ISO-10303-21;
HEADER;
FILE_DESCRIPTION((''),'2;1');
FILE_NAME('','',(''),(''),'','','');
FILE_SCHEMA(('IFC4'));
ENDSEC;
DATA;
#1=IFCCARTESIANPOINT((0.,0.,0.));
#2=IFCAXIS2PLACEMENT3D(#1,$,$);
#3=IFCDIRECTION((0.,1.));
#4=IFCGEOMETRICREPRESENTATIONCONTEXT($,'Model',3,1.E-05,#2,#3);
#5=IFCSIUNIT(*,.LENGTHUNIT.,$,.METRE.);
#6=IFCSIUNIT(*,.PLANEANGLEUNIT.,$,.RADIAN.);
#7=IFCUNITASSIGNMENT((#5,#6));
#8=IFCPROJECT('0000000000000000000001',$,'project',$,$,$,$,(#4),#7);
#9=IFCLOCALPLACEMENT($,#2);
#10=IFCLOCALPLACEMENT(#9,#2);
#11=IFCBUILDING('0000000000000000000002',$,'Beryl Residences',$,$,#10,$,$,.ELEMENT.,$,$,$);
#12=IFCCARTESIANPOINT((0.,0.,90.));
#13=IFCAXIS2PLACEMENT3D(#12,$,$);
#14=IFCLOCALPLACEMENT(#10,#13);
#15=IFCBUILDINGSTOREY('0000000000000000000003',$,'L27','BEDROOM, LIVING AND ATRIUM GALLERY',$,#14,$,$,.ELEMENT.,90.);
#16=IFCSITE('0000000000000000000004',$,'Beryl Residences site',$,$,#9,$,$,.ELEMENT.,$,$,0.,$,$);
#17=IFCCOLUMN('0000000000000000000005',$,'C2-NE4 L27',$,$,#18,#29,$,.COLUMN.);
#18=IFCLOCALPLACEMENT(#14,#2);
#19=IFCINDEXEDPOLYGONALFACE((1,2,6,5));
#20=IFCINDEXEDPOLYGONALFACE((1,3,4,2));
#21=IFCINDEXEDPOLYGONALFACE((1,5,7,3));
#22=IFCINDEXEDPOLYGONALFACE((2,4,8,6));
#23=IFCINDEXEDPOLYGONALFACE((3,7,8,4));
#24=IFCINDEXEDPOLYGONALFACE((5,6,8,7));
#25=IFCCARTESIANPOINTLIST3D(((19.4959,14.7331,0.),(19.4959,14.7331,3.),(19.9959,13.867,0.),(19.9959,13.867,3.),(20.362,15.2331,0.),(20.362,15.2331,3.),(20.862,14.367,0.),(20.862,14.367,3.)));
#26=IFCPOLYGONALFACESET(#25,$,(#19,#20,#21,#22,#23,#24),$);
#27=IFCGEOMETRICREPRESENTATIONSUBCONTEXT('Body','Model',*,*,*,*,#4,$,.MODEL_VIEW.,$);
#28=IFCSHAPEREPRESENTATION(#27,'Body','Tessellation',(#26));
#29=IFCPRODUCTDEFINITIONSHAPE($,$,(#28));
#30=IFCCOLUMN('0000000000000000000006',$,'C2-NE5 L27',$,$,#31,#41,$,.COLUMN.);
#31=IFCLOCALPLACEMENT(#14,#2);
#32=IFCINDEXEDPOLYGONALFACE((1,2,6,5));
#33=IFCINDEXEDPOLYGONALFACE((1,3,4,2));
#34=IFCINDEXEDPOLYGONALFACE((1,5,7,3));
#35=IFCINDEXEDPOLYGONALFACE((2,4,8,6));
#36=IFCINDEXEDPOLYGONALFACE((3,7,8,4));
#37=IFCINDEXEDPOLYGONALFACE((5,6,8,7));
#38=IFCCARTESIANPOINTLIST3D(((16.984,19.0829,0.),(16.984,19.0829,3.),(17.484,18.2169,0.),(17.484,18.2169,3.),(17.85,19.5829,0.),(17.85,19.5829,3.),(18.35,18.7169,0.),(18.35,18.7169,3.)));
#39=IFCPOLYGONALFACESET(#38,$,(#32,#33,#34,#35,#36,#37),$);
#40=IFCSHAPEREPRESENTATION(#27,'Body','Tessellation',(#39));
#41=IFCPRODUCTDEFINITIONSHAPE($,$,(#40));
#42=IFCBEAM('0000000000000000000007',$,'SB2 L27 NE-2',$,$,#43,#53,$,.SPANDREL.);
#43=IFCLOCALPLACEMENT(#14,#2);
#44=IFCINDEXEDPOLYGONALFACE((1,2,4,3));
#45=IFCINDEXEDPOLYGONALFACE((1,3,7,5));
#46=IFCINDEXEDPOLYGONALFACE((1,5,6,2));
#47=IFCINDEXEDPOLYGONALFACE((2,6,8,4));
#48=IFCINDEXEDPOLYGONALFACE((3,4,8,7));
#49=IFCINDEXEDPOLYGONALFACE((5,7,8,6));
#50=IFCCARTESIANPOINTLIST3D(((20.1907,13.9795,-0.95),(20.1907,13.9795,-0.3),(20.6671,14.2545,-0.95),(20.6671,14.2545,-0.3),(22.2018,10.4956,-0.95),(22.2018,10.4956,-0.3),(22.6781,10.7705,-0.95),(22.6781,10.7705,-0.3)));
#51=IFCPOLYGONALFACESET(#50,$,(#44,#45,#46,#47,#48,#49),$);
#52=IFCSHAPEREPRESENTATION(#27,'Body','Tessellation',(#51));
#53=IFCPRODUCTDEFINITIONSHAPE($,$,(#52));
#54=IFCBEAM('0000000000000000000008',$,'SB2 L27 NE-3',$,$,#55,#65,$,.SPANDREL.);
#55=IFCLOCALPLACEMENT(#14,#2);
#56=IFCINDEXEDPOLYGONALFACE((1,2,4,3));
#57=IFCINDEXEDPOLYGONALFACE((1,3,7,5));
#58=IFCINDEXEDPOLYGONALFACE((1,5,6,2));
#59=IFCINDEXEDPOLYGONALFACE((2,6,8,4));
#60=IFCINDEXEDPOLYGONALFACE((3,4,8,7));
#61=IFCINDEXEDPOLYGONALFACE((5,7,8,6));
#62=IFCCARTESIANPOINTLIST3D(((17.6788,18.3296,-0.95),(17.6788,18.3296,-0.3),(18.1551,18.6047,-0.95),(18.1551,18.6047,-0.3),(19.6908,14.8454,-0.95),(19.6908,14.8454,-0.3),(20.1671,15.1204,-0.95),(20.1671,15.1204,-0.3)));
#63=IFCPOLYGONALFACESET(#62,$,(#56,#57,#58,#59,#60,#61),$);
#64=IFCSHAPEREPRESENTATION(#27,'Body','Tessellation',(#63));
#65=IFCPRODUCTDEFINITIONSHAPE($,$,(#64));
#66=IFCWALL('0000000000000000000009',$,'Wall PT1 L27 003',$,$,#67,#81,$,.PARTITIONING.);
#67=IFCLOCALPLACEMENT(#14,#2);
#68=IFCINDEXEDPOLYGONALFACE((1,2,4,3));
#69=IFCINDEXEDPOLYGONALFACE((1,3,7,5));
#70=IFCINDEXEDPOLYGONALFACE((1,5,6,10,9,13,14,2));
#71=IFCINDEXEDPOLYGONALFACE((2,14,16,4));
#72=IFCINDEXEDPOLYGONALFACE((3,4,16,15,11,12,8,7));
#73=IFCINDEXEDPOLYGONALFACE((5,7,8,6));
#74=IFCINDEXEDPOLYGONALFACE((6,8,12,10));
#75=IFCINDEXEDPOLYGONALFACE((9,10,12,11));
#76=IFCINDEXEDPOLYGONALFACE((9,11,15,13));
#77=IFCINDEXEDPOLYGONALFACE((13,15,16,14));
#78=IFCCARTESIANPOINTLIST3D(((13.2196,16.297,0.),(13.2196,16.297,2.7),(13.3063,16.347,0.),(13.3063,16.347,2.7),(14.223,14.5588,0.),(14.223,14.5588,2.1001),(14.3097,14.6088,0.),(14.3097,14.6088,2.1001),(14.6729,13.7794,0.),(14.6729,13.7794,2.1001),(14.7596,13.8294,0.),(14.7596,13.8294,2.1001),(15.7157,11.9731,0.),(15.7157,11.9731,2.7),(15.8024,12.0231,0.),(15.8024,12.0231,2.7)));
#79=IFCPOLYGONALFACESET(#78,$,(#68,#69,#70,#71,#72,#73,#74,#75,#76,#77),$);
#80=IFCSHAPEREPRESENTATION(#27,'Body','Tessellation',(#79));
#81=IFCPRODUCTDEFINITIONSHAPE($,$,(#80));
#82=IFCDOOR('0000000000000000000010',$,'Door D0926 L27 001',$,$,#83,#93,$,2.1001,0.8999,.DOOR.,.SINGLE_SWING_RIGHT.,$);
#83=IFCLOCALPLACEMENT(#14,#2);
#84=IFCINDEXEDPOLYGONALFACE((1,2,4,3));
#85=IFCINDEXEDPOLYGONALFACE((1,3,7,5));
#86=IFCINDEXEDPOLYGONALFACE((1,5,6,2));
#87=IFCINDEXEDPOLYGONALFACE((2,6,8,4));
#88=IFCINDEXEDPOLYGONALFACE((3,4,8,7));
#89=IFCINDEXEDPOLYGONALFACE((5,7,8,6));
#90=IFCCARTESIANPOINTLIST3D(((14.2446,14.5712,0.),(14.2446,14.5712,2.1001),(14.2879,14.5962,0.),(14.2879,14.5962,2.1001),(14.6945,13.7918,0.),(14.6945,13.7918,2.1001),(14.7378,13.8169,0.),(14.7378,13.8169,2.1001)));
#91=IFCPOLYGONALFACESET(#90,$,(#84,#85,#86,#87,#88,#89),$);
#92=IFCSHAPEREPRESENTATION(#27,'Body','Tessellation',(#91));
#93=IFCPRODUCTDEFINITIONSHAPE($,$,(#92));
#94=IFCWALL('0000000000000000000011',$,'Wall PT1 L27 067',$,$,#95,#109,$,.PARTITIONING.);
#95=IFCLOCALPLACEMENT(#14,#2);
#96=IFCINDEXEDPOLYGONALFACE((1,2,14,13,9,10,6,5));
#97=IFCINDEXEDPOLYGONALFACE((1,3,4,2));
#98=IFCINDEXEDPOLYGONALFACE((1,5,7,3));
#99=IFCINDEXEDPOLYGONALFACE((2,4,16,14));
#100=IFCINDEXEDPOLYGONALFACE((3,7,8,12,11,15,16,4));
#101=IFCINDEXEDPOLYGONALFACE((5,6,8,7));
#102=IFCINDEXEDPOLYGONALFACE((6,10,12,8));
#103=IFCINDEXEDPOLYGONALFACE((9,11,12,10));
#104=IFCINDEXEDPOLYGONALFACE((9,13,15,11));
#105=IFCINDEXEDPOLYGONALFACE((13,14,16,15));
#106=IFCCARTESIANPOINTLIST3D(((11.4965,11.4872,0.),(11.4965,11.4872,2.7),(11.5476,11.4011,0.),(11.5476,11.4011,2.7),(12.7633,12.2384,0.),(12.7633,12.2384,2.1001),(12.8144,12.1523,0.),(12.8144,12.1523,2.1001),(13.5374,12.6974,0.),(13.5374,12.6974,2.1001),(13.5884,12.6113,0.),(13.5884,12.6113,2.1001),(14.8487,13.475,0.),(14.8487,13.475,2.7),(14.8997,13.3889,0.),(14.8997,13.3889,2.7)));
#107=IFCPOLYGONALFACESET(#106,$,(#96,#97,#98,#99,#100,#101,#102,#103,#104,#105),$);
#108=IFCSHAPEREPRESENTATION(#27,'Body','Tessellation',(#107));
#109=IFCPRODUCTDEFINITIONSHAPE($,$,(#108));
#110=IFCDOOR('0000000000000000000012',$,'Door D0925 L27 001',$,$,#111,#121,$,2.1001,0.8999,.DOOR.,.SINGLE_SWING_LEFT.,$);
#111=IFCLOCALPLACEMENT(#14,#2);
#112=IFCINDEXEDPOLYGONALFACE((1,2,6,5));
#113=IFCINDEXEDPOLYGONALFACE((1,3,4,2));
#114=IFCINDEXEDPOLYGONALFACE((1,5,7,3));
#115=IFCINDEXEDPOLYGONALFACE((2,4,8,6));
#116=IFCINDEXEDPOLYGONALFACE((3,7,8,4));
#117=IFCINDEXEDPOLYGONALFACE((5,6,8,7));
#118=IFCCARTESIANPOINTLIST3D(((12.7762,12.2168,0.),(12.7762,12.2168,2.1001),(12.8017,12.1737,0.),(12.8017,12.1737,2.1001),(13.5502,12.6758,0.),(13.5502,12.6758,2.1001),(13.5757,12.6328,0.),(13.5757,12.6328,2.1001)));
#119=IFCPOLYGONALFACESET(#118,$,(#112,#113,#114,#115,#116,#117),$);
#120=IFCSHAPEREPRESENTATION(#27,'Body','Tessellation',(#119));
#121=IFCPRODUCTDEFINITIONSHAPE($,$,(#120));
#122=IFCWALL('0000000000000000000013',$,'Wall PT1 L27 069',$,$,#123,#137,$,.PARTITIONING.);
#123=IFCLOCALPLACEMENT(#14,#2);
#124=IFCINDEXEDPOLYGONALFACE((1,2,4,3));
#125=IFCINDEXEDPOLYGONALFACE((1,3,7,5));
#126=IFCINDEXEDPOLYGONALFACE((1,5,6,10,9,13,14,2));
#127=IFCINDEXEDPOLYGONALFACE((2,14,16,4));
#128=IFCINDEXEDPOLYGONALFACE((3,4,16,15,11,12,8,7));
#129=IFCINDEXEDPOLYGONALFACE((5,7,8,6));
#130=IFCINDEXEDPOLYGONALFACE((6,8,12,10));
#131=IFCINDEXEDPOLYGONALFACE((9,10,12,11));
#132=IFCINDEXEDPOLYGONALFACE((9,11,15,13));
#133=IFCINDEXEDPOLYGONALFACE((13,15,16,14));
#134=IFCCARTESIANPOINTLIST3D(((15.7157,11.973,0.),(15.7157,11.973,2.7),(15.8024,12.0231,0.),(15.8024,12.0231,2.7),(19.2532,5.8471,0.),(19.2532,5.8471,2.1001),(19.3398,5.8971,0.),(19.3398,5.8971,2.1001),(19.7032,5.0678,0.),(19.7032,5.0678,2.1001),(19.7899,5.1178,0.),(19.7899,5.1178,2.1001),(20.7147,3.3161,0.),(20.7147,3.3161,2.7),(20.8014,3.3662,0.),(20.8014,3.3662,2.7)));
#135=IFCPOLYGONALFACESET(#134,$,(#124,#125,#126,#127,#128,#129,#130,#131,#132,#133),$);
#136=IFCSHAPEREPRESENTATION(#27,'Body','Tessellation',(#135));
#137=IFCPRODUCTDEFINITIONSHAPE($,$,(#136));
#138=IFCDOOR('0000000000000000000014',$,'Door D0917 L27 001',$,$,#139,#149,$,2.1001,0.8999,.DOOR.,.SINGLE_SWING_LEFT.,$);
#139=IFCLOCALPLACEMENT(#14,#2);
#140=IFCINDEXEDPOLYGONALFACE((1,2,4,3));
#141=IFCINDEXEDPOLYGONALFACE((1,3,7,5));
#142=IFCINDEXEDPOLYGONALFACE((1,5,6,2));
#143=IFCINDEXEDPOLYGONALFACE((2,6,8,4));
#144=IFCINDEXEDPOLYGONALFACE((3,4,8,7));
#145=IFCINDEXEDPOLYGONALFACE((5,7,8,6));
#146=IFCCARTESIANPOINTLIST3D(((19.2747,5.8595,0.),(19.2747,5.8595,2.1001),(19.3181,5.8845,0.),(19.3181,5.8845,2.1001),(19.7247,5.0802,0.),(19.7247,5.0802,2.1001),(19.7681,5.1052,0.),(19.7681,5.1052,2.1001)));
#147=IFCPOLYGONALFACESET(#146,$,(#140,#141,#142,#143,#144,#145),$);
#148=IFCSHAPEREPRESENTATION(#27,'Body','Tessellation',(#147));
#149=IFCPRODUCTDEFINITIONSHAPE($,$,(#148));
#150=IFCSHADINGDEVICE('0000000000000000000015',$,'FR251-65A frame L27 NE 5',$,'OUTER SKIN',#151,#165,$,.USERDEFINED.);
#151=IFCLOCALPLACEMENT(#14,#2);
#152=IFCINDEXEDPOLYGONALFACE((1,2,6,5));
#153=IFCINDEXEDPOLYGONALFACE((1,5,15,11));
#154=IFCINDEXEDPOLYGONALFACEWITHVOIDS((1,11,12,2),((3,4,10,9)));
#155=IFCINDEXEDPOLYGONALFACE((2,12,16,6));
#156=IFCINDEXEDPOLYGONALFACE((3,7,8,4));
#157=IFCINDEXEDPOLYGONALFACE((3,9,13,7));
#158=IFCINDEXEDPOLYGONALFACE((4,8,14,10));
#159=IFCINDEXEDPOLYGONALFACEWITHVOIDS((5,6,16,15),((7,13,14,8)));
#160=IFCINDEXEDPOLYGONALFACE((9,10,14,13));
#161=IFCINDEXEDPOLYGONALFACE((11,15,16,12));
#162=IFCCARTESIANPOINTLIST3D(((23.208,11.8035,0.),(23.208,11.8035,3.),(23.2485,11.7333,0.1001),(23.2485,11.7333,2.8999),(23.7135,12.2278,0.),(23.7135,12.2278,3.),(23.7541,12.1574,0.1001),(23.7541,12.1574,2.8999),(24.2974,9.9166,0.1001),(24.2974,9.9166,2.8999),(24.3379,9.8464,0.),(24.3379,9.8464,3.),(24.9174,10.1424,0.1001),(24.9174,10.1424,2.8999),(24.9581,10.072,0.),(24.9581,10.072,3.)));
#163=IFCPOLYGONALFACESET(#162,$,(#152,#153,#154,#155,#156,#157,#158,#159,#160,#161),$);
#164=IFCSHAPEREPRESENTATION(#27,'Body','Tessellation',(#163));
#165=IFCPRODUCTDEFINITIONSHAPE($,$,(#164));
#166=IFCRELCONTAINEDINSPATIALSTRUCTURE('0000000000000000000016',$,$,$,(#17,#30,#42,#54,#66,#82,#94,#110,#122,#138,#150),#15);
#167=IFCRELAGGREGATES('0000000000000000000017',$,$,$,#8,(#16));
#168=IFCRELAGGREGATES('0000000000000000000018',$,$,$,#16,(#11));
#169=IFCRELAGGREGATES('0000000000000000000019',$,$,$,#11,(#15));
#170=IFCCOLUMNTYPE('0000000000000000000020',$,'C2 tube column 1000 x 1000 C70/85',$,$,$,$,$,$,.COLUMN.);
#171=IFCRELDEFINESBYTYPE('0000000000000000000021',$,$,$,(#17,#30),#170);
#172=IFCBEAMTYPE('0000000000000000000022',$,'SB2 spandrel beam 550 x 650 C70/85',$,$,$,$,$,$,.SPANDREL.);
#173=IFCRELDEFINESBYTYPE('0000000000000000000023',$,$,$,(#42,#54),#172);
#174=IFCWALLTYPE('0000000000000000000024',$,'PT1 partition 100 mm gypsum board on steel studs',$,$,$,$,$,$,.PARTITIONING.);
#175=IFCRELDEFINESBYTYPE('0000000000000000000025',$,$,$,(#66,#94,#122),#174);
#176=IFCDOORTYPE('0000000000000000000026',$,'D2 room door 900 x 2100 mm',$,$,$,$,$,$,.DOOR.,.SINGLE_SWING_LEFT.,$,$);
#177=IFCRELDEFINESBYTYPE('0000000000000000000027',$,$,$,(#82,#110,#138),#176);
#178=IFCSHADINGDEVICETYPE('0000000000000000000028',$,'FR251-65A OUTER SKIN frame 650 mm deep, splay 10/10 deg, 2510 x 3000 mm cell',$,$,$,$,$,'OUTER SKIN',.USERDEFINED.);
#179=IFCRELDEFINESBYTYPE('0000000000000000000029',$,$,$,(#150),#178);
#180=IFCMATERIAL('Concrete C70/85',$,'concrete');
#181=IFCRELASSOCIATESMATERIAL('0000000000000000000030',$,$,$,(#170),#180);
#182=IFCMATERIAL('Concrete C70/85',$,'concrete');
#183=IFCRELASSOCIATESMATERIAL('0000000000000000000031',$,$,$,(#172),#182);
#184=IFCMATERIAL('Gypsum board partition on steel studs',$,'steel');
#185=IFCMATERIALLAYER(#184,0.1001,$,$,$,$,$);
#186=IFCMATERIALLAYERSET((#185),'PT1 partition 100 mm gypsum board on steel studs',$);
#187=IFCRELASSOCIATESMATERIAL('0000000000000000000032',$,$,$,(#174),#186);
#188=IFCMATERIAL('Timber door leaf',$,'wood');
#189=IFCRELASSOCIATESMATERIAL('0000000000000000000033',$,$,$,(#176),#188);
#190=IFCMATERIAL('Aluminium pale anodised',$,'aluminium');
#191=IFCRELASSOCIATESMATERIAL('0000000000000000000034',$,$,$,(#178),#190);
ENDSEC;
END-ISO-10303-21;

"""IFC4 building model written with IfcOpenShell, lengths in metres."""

from ifc_helpers import new_model, entity, si_unit, direction, frame, frame_2d, origin, origin_2d, place, context, subcontext, project, spatial, rectangle, extrude, source, transform, mapped, material, layer, layer_set, material_profile, profile_set, type_object, type_shapes, element, fill, save


model = new_model("IFC4")

# Units and contexts
model_context = context("Model", 3, precision=1e-05, world=origin(), true_north=direction((0.0, 1.0)))
body_context = subcontext(model_context, "Body", "Model", "MODEL_VIEW")
ifc_project = project(units=[si_unit("LENGTHUNIT", "METRE"), si_unit("PLANEANGLEUNIT", "RADIAN")], contexts=[model_context])

# Site, building, storey
site_placement = place(None, origin())
site = spatial("IfcSite", under=ifc_project, at=site_placement, Name="Beryl Residences site", CompositionType="ELEMENT", RefElevation=0.0)
building_placement = place(site_placement, origin())
building = spatial("IfcBuilding", under=site, at=building_placement, Name="Beryl Residences", CompositionType="ELEMENT")
storey_placement = place(building_placement, frame((0.0, 0.0, 90.0)))
storey = spatial("IfcBuildingStorey", under=building, at=storey_placement, Name="L27", Description="BEDROOM, LIVING AND ATRIUM GALLERY", CompositionType="ELEMENT", Elevation=90.0)

# Columns
ifc_material_1 = material(Name="Concrete C70/85", Category="concrete")
ifc_material_profile_1 = material_profile(ifc_material_1, rectangle(XDim=1.0, YDim=1.0, at=origin_2d()))
ifc_profile_set_1 = profile_set([ifc_material_profile_1], Name="Concrete C70/85")
column_type = type_object("IfcColumnType", Name="C2 tube column 1000 x 1000 C70/85", PredefinedType="COLUMN", material=ifc_profile_set_1)
for number, where, z_axis, x_axis, name in (
    (1, (20.179, 14.55, 0.0), (0.0, 0.0, 1.0), (-0.5, 0.866025, 0.0), "C2-NE4 L27"),
    (2, (17.667, 18.8999, 0.0), (0.0, 0.0, 1.0), (-0.5, 0.866025, 0.0), "C2-NE5 L27"),
):
    element("IfcColumn", number, at=place(storey_placement, frame(where, z_axis=z_axis, x_axis=x_axis)), inside=storey, type_object=column_type, Name=name, PredefinedType="COLUMN", context=body_context, shape_type="SweptSolid", body=[
        extrude(rectangle(XDim=1.0, YDim=1.0, at=origin_2d()), origin(), (0.0, 0.0, 1.0), 3.0),
    ])

# Beams
ifc_material_2 = material(Name="Concrete C70/85", Category="concrete")
ifc_material_profile_2 = material_profile(ifc_material_2, rectangle(XDim=0.55, YDim=0.6499, at=origin_2d()))
ifc_profile_set_2 = profile_set([ifc_material_profile_2], Name="Concrete C70/85")
beam_type = type_object("IfcBeamType", Name="SB2 spandrel beam 550 x 650 C70/85", PredefinedType="SPANDREL", material=ifc_profile_set_2)
beam_1_placement = place(storey_placement, frame((22.4399, 10.6331, -0.625), z_axis=(-0.499919, 0.866072, 0.0), x_axis=(-0.866072, -0.499919, 0.0)))
element("IfcBeam", 3, at=beam_1_placement, inside=storey, type_object=beam_type, Name="SB2 L27 NE-2", PredefinedType="SPANDREL", context=body_context, shape_type="SweptSolid", body=[
    extrude(rectangle(XDim=0.55, YDim=0.6499, at=origin_2d()), origin(), (0.0, 0.0, 1.0), 4.0227),
])
beam_2_placement = place(storey_placement, frame((19.929, 14.9829, -0.625), z_axis=(-0.500074, 0.865982, 0.0), x_axis=(-0.865982, -0.500074, 0.0)))
element("IfcBeam", 4, at=beam_2_placement, inside=storey, type_object=beam_type, Name="SB2 L27 NE-3", PredefinedType="SPANDREL", context=body_context, shape_type="SweptSolid", body=[
    extrude(rectangle(XDim=0.55, YDim=0.6499, at=origin_2d()), origin(), (0.0, 0.0, 1.0), 4.0234),
])

# Walls, openings, doors
ifc_material_3 = material(Name="Gypsum board partition on steel studs", Category="steel")
ifc_layer = layer(ifc_material_3, 0.1001)
ifc_layer_set = layer_set([ifc_layer], Name="PT1 partition 100 mm gypsum board on steel studs")
wall_type = type_object("IfcWallType", Name="PT1 partition 100 mm gypsum board on steel studs", PredefinedType="PARTITIONING", material=ifc_layer_set)
wall_1_placement = place(storey_placement, frame((13.2629, 16.322, 0.0), z_axis=(0.0, 0.0, 1.0), x_axis=(0.499947, -0.866056, 0.0)))
wall_1 = element("IfcWall", 5, at=wall_1_placement, inside=storey, type_object=wall_type, Name="Wall PT1 L27 003", PredefinedType="PARTITIONING", context=body_context, shape_type="SweptSolid", body=[
    extrude(rectangle(XDim=4.9927, YDim=0.1001, at=frame_2d((2.4963, 0.0))), origin(), (0.0, 0.0, 1.0), 2.7),
])
opening_1_placement = place(wall_1_placement, frame((2.0071, 0.0, 0.0)))
opening_1 = element("IfcOpeningElement", 6, at=opening_1_placement, cuts=wall_1, PredefinedType="OPENING", context=body_context, shape_type="SweptSolid", body=[
    extrude(rectangle(XDim=0.8999, YDim=2.1001, at=frame_2d((0.45, 1.05))), frame((0.0, 0.0601, 0.0), z_axis=(0.0, -1.0, 0.0), x_axis=(1.0, 0.0, 0.0)), (0.0, 0.0, 1.0), 0.1201),
])
ifc_material_4 = material(Name="Timber door leaf", Category="wood")
door_type = type_object("IfcDoorType", Name="D2 room door 900 x 2100 mm", OperationType="SINGLE_SWING_LEFT", PredefinedType="DOOR", material=ifc_material_4)
door_1_placement = place(opening_1_placement, origin())
door_1 = element("IfcDoor", 7, at=door_1_placement, inside=storey, type_object=door_type, Name="Door D0926 L27 001", OperationType="SINGLE_SWING_RIGHT", OverallHeight=2.1001, OverallWidth=0.8999, PredefinedType="DOOR", context=body_context, shape_type="SweptSolid", body=[
    extrude(rectangle(XDim=0.8999, YDim=2.1001, at=frame_2d((0.45, 1.05))), frame((0.0, 0.0249, 0.0), z_axis=(0.0, -1.0, 0.0), x_axis=(1.0, 0.0, 0.0)), (0.0, 0.0, 1.0), 0.05),
])
fill(opening_1, door_1)
wall_2_placement = place(storey_placement, frame((11.522, 11.4441, 0.0), z_axis=(0.0, 0.0, 1.0), x_axis=(0.860135, 0.510067, 0.0)))
wall_2 = element("IfcWall", 8, at=wall_2_placement, inside=storey, type_object=wall_type, Name="Wall PT1 L27 067", PredefinedType="PARTITIONING", context=body_context, shape_type="SweptSolid", body=[
    extrude(rectangle(XDim=3.8972, YDim=0.1001, at=frame_2d((1.9487, 0.0))), origin(), (0.0, 0.0, 1.0), 2.7),
])
opening_2_placement = place(wall_2_placement, frame((1.4729, 0.0, 0.0)))
opening_2 = element("IfcOpeningElement", 9, at=opening_2_placement, cuts=wall_2, PredefinedType="OPENING", context=body_context, shape_type="SweptSolid", body=[
    extrude(rectangle(XDim=0.8999, YDim=2.1001, at=frame_2d((0.45, 1.05))), frame((0.0, 0.0601, 0.0), z_axis=(0.0, -1.0, 0.0), x_axis=(1.0, 0.0, 0.0)), (0.0, 0.0, 1.0), 0.1201),
])
door_2_placement = place(opening_2_placement, origin())
door_2 = element("IfcDoor", 10, at=door_2_placement, inside=storey, type_object=door_type, Name="Door D0925 L27 001", OperationType="SINGLE_SWING_LEFT", OverallHeight=2.1001, OverallWidth=0.8999, PredefinedType="DOOR", context=body_context, shape_type="SweptSolid", body=[
    extrude(rectangle(XDim=0.8999, YDim=2.1001, at=frame_2d((0.45, 1.05))), frame((0.0, 0.0249, 0.0), z_axis=(0.0, -1.0, 0.0), x_axis=(1.0, 0.0, 0.0)), (0.0, 0.0, 1.0), 0.05),
])
fill(opening_2, door_2)
wall_3_placement = place(storey_placement, frame((15.759, 11.998, 0.0), z_axis=(0.0, 0.0, 1.0), x_axis=(0.500068, -0.865986, 0.0)))
wall_3 = element("IfcWall", 11, at=wall_3_placement, inside=storey, type_object=wall_type, Name="Wall PT1 L27 069", PredefinedType="PARTITIONING", context=body_context, shape_type="SweptSolid", body=[
    extrude(rectangle(XDim=9.9966, YDim=0.1001, at=frame_2d((4.9983, 0.0))), origin(), (0.0, 0.0, 1.0), 2.7),
])
opening_3_placement = place(wall_3_placement, frame((7.074, 0.0, 0.0)))
opening_3 = element("IfcOpeningElement", 12, at=opening_3_placement, cuts=wall_3, PredefinedType="OPENING", context=body_context, shape_type="SweptSolid", body=[
    extrude(rectangle(XDim=0.8999, YDim=2.1001, at=frame_2d((0.45, 1.05))), frame((0.0, 0.0601, 0.0), z_axis=(0.0, -1.0, 0.0), x_axis=(1.0, 0.0, 0.0)), (0.0, 0.0, 1.0), 0.1201),
])
door_3_placement = place(opening_3_placement, origin())
door_3 = element("IfcDoor", 13, at=door_3_placement, inside=storey, type_object=door_type, Name="Door D0917 L27 001", OperationType="SINGLE_SWING_LEFT", OverallHeight=2.1001, OverallWidth=0.8999, PredefinedType="DOOR", context=body_context, shape_type="SweptSolid", body=[
    extrude(rectangle(XDim=0.8999, YDim=2.1001, at=frame_2d((0.45, 1.05))), frame((0.0, 0.0249, 0.0), z_axis=(0.0, -1.0, 0.0), x_axis=(1.0, 0.0, 0.0)), (0.0, 0.0, 1.0), 0.05),
])
fill(opening_3, door_3)

# Shading device
ifc_material_5 = material(Name="Aluminium pale anodised", Category="aluminium")
shading_device_type = type_object("IfcShadingDeviceType", Name="FR251-65A OUTER SKIN frame 650 mm deep, splay 10/10 deg, 2510 x 3000 mm cell", ElementType="OUTER SKIN", PredefinedType="USERDEFINED", material=ifc_material_5)
cartesian_point_1 = entity("IfcCartesianPoint", [-1.1299, 0.0])
cartesian_point_2 = entity("IfcCartesianPoint", [-1.0488, 0.1001])
cartesian_point_3 = entity("IfcCartesianPoint", [-1.2446, 0.0])
cartesian_point_4 = entity("IfcCartesianPoint", [-1.1633, 0.1001])
shared_shape = source(origin(), body_context, "Body", "SweptSolid", [
    entity("IfcExtrudedAreaSolidTapered", entity("IfcArbitraryProfileDefWithVoids", "AREA", None, entity("IfcPolyline", [cartesian_point_1, entity("IfcCartesianPoint", [1.1299, 0.0]), entity("IfcCartesianPoint", [1.1299, 3.0]), entity("IfcCartesianPoint", [-1.1299, 3.0]), cartesian_point_1]), [entity("IfcPolyline", [cartesian_point_2, entity("IfcCartesianPoint", [1.0488, 0.1001]), entity("IfcCartesianPoint", [1.0488, 2.8999]), entity("IfcCartesianPoint", [-1.0488, 2.8999]), cartesian_point_2])]), entity("IfcAxis2Placement3D", entity("IfcCartesianPoint", [0.0, 0.0, 0.0]), entity("IfcDirection", [0.0, 1.0, 0.0]), entity("IfcDirection", [-1.0, 0.0, 0.0])), entity("IfcDirection", [0.0, 0.0, 1.0]), 0.6499, entity("IfcArbitraryProfileDefWithVoids", "AREA", None, entity("IfcPolyline", [cartesian_point_3, entity("IfcCartesianPoint", [1.2446, 0.0]), entity("IfcCartesianPoint", [1.2446, 3.0]), entity("IfcCartesianPoint", [-1.2446, 3.0]), cartesian_point_3]), [entity("IfcPolyline", [cartesian_point_4, entity("IfcCartesianPoint", [1.1633, 0.1001]), entity("IfcCartesianPoint", [1.1633, 2.8999]), entity("IfcCartesianPoint", [-1.1633, 2.8999]), cartesian_point_4])])),
])
type_shapes(shading_device_type, [shared_shape])
for number, where, z_axis, x_axis, name in (
    (14, (23.7729, 10.825, 0.0), (0.0, 0.0, 1.0), (0.5, -0.866025, 0.0), "FR251-65A frame L27 NE 5"),
):
    element("IfcShadingDevice", number, at=place(storey_placement, frame(where, z_axis=z_axis, x_axis=x_axis)), inside=storey, type_object=shading_device_type, Name=name, ObjectType="OUTER SKIN", PredefinedType="USERDEFINED", context=body_context, shape_type="MappedRepresentation", body=[
        mapped(shared_shape, transform((0.0, 0.0, 0.0))),
    ])

save(model, "model.ifc")
